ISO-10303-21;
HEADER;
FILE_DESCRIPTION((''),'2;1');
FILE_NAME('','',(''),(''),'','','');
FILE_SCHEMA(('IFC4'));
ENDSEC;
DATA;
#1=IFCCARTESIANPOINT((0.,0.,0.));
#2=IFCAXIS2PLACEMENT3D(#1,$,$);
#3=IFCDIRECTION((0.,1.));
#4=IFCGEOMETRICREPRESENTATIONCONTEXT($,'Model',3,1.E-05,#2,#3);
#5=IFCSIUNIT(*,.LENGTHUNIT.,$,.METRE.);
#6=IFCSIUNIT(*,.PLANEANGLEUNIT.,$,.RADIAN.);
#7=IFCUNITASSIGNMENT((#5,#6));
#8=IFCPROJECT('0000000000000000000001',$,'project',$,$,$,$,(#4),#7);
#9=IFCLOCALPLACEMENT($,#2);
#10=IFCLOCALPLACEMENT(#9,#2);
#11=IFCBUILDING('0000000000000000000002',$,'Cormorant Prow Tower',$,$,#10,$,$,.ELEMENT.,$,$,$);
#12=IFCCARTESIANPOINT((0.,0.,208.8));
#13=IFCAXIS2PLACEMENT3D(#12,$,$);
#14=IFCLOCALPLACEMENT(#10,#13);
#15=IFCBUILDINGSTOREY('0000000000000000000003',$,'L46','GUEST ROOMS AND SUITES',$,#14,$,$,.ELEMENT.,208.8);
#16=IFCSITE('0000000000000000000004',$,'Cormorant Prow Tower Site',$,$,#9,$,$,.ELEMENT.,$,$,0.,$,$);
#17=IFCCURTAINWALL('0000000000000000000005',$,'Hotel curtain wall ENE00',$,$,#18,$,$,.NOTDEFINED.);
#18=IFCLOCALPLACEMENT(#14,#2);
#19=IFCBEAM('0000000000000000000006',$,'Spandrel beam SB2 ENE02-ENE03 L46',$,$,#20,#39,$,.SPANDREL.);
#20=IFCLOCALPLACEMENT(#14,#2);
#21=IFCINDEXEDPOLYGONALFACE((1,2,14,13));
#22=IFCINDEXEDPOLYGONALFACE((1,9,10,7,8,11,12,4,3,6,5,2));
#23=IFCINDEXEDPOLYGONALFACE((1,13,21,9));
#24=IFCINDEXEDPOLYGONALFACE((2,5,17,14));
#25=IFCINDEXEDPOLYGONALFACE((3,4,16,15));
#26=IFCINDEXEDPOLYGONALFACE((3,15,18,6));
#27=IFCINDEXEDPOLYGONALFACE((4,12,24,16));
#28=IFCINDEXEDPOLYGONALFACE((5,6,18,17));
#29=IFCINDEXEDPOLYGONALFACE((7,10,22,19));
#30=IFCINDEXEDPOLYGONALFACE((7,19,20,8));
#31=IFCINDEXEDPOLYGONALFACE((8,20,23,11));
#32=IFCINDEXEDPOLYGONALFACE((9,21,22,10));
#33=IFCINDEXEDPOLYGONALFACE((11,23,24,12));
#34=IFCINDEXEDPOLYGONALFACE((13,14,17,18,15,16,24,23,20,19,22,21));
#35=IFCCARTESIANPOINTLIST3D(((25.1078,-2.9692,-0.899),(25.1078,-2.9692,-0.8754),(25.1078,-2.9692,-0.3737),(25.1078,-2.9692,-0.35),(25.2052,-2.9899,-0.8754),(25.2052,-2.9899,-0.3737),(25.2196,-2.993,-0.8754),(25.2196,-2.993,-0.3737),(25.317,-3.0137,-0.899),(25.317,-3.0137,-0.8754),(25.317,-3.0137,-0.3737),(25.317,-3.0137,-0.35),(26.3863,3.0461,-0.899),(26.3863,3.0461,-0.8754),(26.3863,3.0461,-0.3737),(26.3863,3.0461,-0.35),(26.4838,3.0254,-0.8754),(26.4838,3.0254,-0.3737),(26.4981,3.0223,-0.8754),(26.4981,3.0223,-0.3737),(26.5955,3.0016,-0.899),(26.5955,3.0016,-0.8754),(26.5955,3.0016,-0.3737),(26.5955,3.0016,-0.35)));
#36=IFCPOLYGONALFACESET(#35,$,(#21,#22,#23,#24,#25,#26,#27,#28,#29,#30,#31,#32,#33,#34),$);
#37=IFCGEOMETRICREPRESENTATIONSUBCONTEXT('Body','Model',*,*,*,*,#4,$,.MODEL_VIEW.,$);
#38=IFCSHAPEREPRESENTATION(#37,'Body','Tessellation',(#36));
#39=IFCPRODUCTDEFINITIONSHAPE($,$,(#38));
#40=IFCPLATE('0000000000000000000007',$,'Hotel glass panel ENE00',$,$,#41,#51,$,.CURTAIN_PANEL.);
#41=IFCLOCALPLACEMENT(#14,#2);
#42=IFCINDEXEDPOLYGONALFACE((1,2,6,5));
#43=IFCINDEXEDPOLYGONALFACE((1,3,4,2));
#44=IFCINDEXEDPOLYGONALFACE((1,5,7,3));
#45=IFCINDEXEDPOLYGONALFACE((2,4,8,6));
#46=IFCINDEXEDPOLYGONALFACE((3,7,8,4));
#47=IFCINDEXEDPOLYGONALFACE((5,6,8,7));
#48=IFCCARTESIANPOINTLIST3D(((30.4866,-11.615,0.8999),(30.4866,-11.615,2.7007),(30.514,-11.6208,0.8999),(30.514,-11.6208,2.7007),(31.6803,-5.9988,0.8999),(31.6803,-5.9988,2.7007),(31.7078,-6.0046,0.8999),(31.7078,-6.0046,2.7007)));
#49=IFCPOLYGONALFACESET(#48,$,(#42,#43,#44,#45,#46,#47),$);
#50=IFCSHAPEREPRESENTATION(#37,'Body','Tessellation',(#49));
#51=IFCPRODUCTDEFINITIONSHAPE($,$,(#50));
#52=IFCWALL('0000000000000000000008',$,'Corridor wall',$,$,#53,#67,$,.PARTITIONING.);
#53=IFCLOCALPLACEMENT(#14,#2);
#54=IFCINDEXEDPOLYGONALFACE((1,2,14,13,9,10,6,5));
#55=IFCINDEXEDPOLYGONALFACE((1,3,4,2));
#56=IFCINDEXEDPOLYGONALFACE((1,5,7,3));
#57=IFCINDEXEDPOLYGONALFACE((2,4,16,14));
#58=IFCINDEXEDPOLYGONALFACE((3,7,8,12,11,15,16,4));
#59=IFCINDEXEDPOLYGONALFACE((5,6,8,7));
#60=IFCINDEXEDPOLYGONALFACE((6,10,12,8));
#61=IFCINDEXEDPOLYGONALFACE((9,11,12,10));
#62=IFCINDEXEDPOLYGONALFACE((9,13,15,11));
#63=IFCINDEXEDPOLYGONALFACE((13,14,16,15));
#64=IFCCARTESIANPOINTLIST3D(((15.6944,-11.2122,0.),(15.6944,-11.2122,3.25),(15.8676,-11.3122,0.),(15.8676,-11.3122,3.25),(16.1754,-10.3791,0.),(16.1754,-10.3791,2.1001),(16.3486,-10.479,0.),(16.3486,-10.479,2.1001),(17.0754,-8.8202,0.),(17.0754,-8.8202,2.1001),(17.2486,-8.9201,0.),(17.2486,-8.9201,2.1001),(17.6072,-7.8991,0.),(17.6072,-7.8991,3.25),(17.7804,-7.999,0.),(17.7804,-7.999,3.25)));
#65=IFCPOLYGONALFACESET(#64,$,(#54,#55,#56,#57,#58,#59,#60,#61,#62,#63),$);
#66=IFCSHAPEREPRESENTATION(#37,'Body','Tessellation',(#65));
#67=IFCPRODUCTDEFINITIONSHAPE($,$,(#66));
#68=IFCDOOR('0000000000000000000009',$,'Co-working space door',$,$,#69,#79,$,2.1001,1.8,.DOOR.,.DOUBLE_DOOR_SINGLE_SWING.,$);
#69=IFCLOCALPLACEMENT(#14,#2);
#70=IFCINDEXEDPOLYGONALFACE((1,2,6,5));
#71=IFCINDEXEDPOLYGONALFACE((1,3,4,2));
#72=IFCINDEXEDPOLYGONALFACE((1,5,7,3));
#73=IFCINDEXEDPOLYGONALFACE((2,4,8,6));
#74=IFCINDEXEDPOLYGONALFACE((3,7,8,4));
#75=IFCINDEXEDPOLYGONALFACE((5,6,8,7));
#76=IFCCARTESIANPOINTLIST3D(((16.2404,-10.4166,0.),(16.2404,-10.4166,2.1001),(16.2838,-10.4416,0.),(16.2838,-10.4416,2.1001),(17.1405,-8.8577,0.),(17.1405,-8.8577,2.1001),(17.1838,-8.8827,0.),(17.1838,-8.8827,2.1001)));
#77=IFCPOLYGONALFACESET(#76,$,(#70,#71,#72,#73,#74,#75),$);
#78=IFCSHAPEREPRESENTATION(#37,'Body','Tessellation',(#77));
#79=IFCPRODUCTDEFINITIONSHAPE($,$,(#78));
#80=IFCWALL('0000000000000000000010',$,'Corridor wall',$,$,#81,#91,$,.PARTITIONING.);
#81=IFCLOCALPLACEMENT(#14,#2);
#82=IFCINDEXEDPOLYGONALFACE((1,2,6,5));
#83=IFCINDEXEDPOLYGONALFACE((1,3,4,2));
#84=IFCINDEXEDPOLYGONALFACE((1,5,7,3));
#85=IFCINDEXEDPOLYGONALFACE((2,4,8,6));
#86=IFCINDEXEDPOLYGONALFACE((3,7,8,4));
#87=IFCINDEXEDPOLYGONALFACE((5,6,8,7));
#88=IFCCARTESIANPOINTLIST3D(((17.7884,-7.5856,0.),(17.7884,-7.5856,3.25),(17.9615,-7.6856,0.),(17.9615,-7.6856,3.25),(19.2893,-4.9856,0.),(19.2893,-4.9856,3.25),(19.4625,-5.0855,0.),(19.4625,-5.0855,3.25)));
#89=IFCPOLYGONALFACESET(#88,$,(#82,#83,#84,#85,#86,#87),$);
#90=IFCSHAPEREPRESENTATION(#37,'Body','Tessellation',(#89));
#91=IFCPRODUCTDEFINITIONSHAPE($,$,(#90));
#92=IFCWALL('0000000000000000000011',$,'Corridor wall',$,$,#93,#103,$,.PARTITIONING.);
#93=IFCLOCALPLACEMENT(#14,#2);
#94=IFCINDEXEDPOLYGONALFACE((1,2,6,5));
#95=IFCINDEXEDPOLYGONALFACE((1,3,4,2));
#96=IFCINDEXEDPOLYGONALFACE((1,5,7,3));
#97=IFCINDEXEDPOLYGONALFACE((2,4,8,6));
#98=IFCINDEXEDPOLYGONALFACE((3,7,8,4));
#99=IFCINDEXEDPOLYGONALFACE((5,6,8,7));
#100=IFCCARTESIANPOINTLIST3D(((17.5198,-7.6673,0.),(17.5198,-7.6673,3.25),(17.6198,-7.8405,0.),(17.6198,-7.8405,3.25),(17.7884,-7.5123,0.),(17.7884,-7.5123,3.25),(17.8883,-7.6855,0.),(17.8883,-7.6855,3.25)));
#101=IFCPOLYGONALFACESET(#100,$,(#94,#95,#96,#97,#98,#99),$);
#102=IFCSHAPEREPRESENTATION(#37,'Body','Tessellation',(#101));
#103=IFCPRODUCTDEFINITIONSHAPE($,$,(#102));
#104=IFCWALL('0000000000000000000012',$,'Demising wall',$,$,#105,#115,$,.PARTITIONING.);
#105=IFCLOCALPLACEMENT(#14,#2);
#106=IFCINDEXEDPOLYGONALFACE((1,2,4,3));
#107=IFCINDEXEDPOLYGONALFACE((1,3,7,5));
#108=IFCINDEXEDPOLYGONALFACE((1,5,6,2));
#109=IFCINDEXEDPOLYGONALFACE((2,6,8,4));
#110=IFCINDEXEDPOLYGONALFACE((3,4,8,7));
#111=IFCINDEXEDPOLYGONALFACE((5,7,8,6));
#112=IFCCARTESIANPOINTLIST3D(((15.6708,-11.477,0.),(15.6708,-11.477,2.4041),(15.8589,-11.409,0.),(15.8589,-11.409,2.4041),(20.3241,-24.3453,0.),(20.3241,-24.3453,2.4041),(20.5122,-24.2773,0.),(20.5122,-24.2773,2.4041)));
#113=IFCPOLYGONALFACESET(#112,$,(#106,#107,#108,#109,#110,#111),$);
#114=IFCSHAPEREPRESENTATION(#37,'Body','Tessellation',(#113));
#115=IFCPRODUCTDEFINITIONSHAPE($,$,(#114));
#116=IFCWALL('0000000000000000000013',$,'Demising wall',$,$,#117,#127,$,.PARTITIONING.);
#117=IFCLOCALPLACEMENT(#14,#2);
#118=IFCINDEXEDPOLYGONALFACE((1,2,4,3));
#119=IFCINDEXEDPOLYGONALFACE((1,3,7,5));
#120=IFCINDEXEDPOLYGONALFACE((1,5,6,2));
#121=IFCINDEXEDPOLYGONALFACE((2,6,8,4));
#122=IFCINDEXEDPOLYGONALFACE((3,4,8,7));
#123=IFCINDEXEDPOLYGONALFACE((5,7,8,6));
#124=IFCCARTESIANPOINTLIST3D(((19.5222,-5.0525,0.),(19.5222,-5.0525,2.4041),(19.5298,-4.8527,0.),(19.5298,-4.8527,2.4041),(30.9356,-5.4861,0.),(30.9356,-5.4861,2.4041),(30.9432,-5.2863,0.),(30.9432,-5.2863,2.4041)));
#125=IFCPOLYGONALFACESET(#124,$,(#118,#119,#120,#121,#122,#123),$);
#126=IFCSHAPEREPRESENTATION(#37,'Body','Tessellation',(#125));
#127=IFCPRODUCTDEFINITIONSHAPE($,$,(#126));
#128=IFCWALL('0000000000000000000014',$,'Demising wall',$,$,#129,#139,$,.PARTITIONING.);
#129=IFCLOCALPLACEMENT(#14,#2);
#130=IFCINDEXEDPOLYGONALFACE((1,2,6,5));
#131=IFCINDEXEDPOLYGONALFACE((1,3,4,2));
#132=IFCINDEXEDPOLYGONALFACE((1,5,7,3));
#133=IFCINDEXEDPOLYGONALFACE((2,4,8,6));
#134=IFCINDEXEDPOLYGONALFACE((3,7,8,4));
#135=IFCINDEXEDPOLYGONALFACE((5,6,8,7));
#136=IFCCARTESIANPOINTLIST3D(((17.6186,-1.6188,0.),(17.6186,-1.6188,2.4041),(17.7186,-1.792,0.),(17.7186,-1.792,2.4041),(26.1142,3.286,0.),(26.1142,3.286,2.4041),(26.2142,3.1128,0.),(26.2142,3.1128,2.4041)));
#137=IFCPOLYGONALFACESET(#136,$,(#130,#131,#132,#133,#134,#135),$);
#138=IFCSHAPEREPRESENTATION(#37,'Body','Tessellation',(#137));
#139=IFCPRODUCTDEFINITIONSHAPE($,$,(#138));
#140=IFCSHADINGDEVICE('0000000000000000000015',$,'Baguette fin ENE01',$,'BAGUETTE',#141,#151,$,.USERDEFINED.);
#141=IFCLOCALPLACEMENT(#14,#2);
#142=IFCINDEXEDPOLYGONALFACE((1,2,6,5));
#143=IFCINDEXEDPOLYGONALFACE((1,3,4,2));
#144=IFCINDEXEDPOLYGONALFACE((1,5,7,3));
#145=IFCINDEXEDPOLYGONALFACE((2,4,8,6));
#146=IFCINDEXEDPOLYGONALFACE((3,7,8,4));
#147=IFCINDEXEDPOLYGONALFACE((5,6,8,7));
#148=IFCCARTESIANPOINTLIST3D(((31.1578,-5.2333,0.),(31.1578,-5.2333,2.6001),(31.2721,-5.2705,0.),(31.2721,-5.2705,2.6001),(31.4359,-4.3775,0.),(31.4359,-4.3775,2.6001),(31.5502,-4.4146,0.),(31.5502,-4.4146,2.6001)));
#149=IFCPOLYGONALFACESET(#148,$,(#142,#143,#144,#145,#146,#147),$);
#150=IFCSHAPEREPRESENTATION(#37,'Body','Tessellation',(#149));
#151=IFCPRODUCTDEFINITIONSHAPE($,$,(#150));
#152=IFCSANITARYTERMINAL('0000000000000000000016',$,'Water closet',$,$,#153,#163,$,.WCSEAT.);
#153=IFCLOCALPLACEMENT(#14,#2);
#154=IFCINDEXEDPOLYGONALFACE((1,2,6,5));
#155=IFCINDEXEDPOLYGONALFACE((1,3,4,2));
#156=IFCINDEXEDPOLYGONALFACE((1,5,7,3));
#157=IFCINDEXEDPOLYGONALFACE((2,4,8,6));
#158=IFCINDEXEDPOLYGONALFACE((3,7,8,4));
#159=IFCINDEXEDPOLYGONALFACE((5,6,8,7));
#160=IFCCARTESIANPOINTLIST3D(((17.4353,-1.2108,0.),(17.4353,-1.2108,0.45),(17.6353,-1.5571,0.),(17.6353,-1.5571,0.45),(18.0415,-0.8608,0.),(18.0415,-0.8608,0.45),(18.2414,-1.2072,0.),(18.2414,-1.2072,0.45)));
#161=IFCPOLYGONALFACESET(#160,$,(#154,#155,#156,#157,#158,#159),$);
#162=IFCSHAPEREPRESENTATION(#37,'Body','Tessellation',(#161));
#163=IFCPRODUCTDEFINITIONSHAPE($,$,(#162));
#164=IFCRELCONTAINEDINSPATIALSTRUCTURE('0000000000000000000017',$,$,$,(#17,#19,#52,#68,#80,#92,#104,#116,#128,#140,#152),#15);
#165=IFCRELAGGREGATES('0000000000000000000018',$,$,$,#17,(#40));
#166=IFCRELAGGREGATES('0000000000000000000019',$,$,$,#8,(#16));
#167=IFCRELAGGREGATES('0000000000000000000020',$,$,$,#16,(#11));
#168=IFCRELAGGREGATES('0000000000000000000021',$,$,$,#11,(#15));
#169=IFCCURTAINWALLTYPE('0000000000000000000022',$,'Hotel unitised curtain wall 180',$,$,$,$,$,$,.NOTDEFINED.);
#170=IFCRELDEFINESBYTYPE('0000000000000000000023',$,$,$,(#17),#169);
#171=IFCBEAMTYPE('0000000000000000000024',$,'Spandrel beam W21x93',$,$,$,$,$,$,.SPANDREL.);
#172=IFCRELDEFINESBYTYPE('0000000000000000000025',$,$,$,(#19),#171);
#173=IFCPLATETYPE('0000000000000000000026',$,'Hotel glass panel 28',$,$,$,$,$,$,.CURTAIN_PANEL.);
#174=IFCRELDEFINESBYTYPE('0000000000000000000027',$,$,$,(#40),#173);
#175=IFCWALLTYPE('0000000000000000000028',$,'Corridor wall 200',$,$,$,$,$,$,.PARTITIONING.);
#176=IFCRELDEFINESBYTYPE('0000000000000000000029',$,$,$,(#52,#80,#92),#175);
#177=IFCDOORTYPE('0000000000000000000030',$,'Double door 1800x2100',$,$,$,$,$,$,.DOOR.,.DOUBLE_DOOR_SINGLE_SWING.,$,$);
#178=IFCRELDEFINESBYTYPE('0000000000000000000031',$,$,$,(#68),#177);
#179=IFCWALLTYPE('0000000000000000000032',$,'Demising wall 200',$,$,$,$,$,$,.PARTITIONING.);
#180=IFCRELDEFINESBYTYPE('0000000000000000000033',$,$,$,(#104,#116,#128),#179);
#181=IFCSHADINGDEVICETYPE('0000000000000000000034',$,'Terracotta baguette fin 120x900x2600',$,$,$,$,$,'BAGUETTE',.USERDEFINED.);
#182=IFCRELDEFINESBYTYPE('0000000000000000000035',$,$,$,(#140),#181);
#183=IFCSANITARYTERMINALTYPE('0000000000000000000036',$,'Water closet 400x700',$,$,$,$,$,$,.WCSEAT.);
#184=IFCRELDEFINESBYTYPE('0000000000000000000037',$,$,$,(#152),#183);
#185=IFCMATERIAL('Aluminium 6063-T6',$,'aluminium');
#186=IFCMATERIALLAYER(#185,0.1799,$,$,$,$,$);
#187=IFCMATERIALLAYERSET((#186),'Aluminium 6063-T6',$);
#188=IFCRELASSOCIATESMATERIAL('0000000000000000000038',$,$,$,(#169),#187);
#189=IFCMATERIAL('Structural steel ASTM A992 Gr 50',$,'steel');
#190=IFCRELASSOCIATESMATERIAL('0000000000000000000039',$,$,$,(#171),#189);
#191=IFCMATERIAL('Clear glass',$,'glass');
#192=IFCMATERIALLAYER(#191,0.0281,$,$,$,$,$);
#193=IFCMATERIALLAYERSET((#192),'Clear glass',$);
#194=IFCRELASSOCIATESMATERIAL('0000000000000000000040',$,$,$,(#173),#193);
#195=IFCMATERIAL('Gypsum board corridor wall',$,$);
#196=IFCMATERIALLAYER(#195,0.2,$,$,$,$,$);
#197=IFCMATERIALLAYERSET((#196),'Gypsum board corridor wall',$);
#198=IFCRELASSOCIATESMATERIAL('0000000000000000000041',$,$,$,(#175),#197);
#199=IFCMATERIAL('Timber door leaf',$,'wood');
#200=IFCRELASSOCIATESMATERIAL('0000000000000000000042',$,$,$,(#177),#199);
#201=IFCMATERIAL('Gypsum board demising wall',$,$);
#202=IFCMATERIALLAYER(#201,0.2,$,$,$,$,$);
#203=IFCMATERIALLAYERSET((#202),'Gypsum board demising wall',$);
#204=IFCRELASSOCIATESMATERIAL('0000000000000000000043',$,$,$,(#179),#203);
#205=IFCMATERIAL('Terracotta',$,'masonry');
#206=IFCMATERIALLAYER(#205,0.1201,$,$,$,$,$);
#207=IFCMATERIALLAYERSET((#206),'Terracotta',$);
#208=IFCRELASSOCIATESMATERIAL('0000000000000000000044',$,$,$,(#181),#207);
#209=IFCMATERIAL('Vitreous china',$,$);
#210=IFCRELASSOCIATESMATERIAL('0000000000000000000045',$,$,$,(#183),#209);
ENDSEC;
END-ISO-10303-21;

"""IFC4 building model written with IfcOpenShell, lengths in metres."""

from ifc_helpers import new_model, si_unit, direction, frame, frame_2d, origin, origin_2d, place, context, subcontext, project, spatial, rectangle, i_section, extrude, material, layer, layer_set, material_profile, profile_set, type_object, element, fill, aggregate, save


model = new_model("IFC4")

# Units and contexts
model_context = context("Model", 3, precision=1e-05, world=origin(), true_north=direction((0.0, 1.0)))
body_context = subcontext(model_context, "Body", "Model", "MODEL_VIEW")
ifc_project = project(units=[si_unit("LENGTHUNIT", "METRE"), si_unit("PLANEANGLEUNIT", "RADIAN")], contexts=[model_context])

# Site, building, storey
site_placement = place(None, origin())
site = spatial("IfcSite", under=ifc_project, at=site_placement, Name="Cormorant Prow Tower Site", CompositionType="ELEMENT", RefElevation=0.0)
building_placement = place(site_placement, origin())
building = spatial("IfcBuilding", under=site, at=building_placement, Name="Cormorant Prow Tower", CompositionType="ELEMENT")
storey_placement = place(building_placement, frame((0.0, 0.0, 208.8)))
storey = spatial("IfcBuildingStorey", under=building, at=storey_placement, Name="L46", Description="GUEST ROOMS AND SUITES", CompositionType="ELEMENT", Elevation=208.8)

# Curtain wall
ifc_material_1 = material(Name="Aluminium 6063-T6", Category="aluminium")
ifc_layer_1 = layer(ifc_material_1, 0.1799)
ifc_layer_set_1 = layer_set([ifc_layer_1], Name="Aluminium 6063-T6")
curtain_wall_type = type_object("IfcCurtainWallType", Name="Hotel unitised curtain wall 180", PredefinedType="NOTDEFINED", material=ifc_layer_set_1)
curtain_wall_1_placement = place(storey_placement, origin())
curtain_wall_1 = element("IfcCurtainWall", 1, at=curtain_wall_1_placement, inside=storey, type_object=curtain_wall_type, Name="Hotel curtain wall ENE00", PredefinedType="NOTDEFINED")

# Beam
ifc_material_2 = material(Name="Structural steel ASTM A992 Gr 50", Category="steel")
ifc_material_profile_1 = material_profile(ifc_material_2, i_section(OverallWidth=0.2139, OverallDepth=0.5491, WebThickness=0.0146, FlangeThickness=0.0237, at=origin_2d()), Name="W21x93")
ifc_profile_set_1 = profile_set([ifc_material_profile_1], Name="Structural steel ASTM A992 Gr 50")
beam_type_1 = type_object("IfcBeamType", Name="Spandrel beam W21x93", PredefinedType="SPANDREL", material=ifc_profile_set_1)
beam_1_placement = place(storey_placement, frame((25.2124, -2.9915, -0.6245), z_axis=(0.207905, 0.978149, 0.0), x_axis=(-0.978149, 0.207905, 0.0)))
element("IfcBeam", 2, at=beam_1_placement, inside=storey, type_object=beam_type_1, Name="Spandrel beam SB2 ENE02-ENE03 L46", PredefinedType="SPANDREL", context=body_context, shape_type="SweptSolid", body=[
    extrude(i_section(OverallWidth=0.2139, OverallDepth=0.5491, WebThickness=0.0146, FlangeThickness=0.0237, at=origin_2d()), origin(), (0.0, 0.0, 1.0), 6.1497),
])

# Plate
ifc_material_3 = material(Name="Clear glass", Category="glass")
ifc_layer_2 = layer(ifc_material_3, 0.0281)
ifc_layer_set_2 = layer_set([ifc_layer_2], Name="Clear glass")
plate_type = type_object("IfcPlateType", Name="Hotel glass panel 28", PredefinedType="CURTAIN_PANEL", material=ifc_layer_set_2)
plate_placement = place(storey_placement, frame((31.0972, -8.8098, 0.8999), z_axis=(0.0, 0.0, 1.0), x_axis=(0.207912, 0.978148, 0.0)))
plate = element("IfcPlate", 3, at=plate_placement, type_object=plate_type, Name="Hotel glass panel ENE00", PredefinedType="CURTAIN_PANEL", context=body_context, shape_type="SweptSolid", body=[
    extrude(rectangle(XDim=5.7417, YDim=0.0281, at=origin_2d()), origin(), (0.0, 0.0, 1.0), 1.8008),
])
aggregate(curtain_wall_1, [plate])

# Wall, opening, door
ifc_material_4 = material(Name="Gypsum board corridor wall")
ifc_layer_3 = layer(ifc_material_4, 0.2)
ifc_layer_set_3 = layer_set([ifc_layer_3], Name="Gypsum board corridor wall")
wall_type_1 = type_object("IfcWallType", Name="Corridor wall 200", PredefinedType="PARTITIONING", material=ifc_layer_set_3)
wall_1_placement = place(storey_placement, frame((15.781, -11.2622, 0.0), z_axis=(0.0, 0.0, 1.0), x_axis=(0.499989, 0.866031, 0.0)))
wall_1 = element("IfcWall", 4, at=wall_1_placement, inside=storey, type_object=wall_type_1, Name="Corridor wall", PredefinedType="PARTITIONING", context=body_context, shape_type="SweptSolid", body=[
    extrude(rectangle(XDim=3.8257, YDim=0.2, at=frame_2d((1.9128, 0.0))), origin(), (0.0, 0.0, 1.0), 3.25),
])
opening_1_placement = place(wall_1_placement, frame((0.9622, 0.0, 0.0)))
opening_1 = element("IfcOpeningElement", 5, at=opening_1_placement, cuts=wall_1, PredefinedType="OPENING", context=body_context, shape_type="SweptSolid", body=[
    extrude(rectangle(XDim=1.8, YDim=2.1001, at=frame_2d((0.8999, 1.05))), frame((0.0, 0.1099, 0.0), z_axis=(0.0, -1.0, 0.0), x_axis=(1.0, 0.0, 0.0)), (0.0, 0.0, 1.0), 0.22),
])
ifc_material_5 = material(Name="Timber door leaf", Category="wood")
door_type_1 = type_object("IfcDoorType", Name="Double door 1800x2100", OperationType="DOUBLE_DOOR_SINGLE_SWING", PredefinedType="DOOR", material=ifc_material_5)
door_1_placement = place(opening_1_placement, origin())
door_1 = element("IfcDoor", 6, at=door_1_placement, inside=storey, type_object=door_type_1, Name="Co-working space door", OperationType="DOUBLE_DOOR_SINGLE_SWING", OverallHeight=2.1001, OverallWidth=1.8, PredefinedType="DOOR", context=body_context, shape_type="SweptSolid", body=[
    extrude(rectangle(XDim=1.8, YDim=2.1001, at=frame_2d((0.8999, 1.05))), frame((0.0, 0.0249, 0.0), z_axis=(0.0, -1.0, 0.0), x_axis=(1.0, 0.0, 0.0)), (0.0, 0.0, 1.0), 0.05),
])
fill(opening_1, door_1)

# Walls
wall_2_placement = place(storey_placement, frame((17.875, -7.6355, 0.0), z_axis=(0.0, 0.0, 1.0), x_axis=(0.499952, 0.866053, 0.0)))
element("IfcWall", 7, at=wall_2_placement, inside=storey, type_object=wall_type_1, Name="Corridor wall", PredefinedType="PARTITIONING", context=body_context, shape_type="SweptSolid", body=[
    extrude(rectangle(XDim=3.0022, YDim=0.2, at=frame_2d((1.501, 0.0))), origin(), (0.0, 0.0, 1.0), 3.25),
])
wall_3_placement = place(storey_placement, frame((17.5698, -7.7539, 0.0), z_axis=(0.0, 0.0, 1.0), x_axis=(0.866054, 0.49995, 0.0)))
element("IfcWall", 8, at=wall_3_placement, inside=storey, type_object=wall_type_1, Name="Corridor wall", PredefinedType="PARTITIONING", context=body_context, shape_type="SweptSolid", body=[
    extrude(rectangle(XDim=0.3101, YDim=0.2, at=frame_2d((0.155, 0.0))), origin(), (0.0, 0.0, 1.0), 3.25),
])
ifc_material_6 = material(Name="Gypsum board demising wall")
ifc_layer_4 = layer(ifc_material_6, 0.2)
ifc_layer_set_4 = layer_set([ifc_layer_4], Name="Gypsum board demising wall")
wall_type_2 = type_object("IfcWallType", Name="Demising wall 200", PredefinedType="PARTITIONING", material=ifc_layer_set_4)
wall_4_placement = place(storey_placement, frame((15.7649, -11.4431, 0.0), z_axis=(0.0, 0.0, 1.0), x_axis=(0.340058, -0.940405, 0.0)))
element("IfcWall", 9, at=wall_4_placement, inside=storey, type_object=wall_type_2, Name="Demising wall", PredefinedType="PARTITIONING", context=body_context, shape_type="SweptSolid", body=[
    extrude(rectangle(XDim=13.6838, YDim=0.2, at=frame_2d((6.8418, 0.0))), origin(), (0.0, 0.0, 1.0), 2.4041),
])
wall_5_placement = place(storey_placement, frame((19.5259, -4.9526, 0.0), z_axis=(0.0, 0.0, 1.0), x_axis=(0.999279, -0.037963, 0.0)))
element("IfcWall", 10, at=wall_5_placement, inside=storey, type_object=wall_type_2, Name="Demising wall", PredefinedType="PARTITIONING", context=body_context, shape_type="SweptSolid", body=[
    extrude(rectangle(XDim=11.4216, YDim=0.2, at=frame_2d((5.7109, 0.0))), origin(), (0.0, 0.0, 1.0), 2.4041),
])
wall_6_placement = place(storey_placement, frame((17.6687, -1.7053, 0.0), z_axis=(0.0, 0.0, 1.0), x_axis=(0.866032, 0.499988, 0.0)))
element("IfcWall", 11, at=wall_6_placement, inside=storey, type_object=wall_type_2, Name="Demising wall", PredefinedType="PARTITIONING", context=body_context, shape_type="SweptSolid", body=[
    extrude(rectangle(XDim=9.8098, YDim=0.2, at=frame_2d((4.9048, 0.0))), origin(), (0.0, 0.0, 1.0), 2.4041),
])

# Shading device
ifc_material_7 = material(Name="Terracotta", Category="masonry")
ifc_layer_5 = layer(ifc_material_7, 0.1201)
ifc_layer_set_5 = layer_set([ifc_layer_5], Name="Terracotta")
shading_device_type = type_object("IfcShadingDeviceType", Name="Terracotta baguette fin 120x900x2600", ElementType="BAGUETTE", PredefinedType="USERDEFINED", material=ifc_layer_set_5)
shading_device_placement = place(storey_placement, frame((31.354, -4.824, 0.0), z_axis=(0.0, 0.0, 1.0), x_axis=(-0.951057, 0.309017, 0.0)))
element("IfcShadingDevice", 12, at=shading_device_placement, inside=storey, type_object=shading_device_type, Name="Baguette fin ENE01", ObjectType="BAGUETTE", PredefinedType="USERDEFINED", context=body_context, shape_type="SweptSolid", body=[
    extrude(rectangle(XDim=0.1201, YDim=0.8999, at=origin_2d()), origin(), (0.0, 0.0, 1.0), 2.6001),
])

# Sanitary terminal
ifc_material_8 = material(Name="Vitreous china")
sanitary_terminal_type = type_object("IfcSanitaryTerminalType", Name="Water closet 400x700", PredefinedType="WCSEAT", material=ifc_material_8)
sanitary_terminal_placement = place(storey_placement, frame((17.8384, -1.209, 0.0), z_axis=(0.0, 0.0, 1.0), x_axis=(-0.5, 0.866025, 0.0)))
element("IfcSanitaryTerminal", 13, at=sanitary_terminal_placement, inside=storey, type_object=sanitary_terminal_type, Name="Water closet", PredefinedType="WCSEAT", context=body_context, shape_type="SweptSolid", body=[
    extrude(rectangle(XDim=0.3999, YDim=0.7, at=origin_2d()), origin(), (0.0, 0.0, 1.0), 0.45),
])

save(model, "model.ifc")
